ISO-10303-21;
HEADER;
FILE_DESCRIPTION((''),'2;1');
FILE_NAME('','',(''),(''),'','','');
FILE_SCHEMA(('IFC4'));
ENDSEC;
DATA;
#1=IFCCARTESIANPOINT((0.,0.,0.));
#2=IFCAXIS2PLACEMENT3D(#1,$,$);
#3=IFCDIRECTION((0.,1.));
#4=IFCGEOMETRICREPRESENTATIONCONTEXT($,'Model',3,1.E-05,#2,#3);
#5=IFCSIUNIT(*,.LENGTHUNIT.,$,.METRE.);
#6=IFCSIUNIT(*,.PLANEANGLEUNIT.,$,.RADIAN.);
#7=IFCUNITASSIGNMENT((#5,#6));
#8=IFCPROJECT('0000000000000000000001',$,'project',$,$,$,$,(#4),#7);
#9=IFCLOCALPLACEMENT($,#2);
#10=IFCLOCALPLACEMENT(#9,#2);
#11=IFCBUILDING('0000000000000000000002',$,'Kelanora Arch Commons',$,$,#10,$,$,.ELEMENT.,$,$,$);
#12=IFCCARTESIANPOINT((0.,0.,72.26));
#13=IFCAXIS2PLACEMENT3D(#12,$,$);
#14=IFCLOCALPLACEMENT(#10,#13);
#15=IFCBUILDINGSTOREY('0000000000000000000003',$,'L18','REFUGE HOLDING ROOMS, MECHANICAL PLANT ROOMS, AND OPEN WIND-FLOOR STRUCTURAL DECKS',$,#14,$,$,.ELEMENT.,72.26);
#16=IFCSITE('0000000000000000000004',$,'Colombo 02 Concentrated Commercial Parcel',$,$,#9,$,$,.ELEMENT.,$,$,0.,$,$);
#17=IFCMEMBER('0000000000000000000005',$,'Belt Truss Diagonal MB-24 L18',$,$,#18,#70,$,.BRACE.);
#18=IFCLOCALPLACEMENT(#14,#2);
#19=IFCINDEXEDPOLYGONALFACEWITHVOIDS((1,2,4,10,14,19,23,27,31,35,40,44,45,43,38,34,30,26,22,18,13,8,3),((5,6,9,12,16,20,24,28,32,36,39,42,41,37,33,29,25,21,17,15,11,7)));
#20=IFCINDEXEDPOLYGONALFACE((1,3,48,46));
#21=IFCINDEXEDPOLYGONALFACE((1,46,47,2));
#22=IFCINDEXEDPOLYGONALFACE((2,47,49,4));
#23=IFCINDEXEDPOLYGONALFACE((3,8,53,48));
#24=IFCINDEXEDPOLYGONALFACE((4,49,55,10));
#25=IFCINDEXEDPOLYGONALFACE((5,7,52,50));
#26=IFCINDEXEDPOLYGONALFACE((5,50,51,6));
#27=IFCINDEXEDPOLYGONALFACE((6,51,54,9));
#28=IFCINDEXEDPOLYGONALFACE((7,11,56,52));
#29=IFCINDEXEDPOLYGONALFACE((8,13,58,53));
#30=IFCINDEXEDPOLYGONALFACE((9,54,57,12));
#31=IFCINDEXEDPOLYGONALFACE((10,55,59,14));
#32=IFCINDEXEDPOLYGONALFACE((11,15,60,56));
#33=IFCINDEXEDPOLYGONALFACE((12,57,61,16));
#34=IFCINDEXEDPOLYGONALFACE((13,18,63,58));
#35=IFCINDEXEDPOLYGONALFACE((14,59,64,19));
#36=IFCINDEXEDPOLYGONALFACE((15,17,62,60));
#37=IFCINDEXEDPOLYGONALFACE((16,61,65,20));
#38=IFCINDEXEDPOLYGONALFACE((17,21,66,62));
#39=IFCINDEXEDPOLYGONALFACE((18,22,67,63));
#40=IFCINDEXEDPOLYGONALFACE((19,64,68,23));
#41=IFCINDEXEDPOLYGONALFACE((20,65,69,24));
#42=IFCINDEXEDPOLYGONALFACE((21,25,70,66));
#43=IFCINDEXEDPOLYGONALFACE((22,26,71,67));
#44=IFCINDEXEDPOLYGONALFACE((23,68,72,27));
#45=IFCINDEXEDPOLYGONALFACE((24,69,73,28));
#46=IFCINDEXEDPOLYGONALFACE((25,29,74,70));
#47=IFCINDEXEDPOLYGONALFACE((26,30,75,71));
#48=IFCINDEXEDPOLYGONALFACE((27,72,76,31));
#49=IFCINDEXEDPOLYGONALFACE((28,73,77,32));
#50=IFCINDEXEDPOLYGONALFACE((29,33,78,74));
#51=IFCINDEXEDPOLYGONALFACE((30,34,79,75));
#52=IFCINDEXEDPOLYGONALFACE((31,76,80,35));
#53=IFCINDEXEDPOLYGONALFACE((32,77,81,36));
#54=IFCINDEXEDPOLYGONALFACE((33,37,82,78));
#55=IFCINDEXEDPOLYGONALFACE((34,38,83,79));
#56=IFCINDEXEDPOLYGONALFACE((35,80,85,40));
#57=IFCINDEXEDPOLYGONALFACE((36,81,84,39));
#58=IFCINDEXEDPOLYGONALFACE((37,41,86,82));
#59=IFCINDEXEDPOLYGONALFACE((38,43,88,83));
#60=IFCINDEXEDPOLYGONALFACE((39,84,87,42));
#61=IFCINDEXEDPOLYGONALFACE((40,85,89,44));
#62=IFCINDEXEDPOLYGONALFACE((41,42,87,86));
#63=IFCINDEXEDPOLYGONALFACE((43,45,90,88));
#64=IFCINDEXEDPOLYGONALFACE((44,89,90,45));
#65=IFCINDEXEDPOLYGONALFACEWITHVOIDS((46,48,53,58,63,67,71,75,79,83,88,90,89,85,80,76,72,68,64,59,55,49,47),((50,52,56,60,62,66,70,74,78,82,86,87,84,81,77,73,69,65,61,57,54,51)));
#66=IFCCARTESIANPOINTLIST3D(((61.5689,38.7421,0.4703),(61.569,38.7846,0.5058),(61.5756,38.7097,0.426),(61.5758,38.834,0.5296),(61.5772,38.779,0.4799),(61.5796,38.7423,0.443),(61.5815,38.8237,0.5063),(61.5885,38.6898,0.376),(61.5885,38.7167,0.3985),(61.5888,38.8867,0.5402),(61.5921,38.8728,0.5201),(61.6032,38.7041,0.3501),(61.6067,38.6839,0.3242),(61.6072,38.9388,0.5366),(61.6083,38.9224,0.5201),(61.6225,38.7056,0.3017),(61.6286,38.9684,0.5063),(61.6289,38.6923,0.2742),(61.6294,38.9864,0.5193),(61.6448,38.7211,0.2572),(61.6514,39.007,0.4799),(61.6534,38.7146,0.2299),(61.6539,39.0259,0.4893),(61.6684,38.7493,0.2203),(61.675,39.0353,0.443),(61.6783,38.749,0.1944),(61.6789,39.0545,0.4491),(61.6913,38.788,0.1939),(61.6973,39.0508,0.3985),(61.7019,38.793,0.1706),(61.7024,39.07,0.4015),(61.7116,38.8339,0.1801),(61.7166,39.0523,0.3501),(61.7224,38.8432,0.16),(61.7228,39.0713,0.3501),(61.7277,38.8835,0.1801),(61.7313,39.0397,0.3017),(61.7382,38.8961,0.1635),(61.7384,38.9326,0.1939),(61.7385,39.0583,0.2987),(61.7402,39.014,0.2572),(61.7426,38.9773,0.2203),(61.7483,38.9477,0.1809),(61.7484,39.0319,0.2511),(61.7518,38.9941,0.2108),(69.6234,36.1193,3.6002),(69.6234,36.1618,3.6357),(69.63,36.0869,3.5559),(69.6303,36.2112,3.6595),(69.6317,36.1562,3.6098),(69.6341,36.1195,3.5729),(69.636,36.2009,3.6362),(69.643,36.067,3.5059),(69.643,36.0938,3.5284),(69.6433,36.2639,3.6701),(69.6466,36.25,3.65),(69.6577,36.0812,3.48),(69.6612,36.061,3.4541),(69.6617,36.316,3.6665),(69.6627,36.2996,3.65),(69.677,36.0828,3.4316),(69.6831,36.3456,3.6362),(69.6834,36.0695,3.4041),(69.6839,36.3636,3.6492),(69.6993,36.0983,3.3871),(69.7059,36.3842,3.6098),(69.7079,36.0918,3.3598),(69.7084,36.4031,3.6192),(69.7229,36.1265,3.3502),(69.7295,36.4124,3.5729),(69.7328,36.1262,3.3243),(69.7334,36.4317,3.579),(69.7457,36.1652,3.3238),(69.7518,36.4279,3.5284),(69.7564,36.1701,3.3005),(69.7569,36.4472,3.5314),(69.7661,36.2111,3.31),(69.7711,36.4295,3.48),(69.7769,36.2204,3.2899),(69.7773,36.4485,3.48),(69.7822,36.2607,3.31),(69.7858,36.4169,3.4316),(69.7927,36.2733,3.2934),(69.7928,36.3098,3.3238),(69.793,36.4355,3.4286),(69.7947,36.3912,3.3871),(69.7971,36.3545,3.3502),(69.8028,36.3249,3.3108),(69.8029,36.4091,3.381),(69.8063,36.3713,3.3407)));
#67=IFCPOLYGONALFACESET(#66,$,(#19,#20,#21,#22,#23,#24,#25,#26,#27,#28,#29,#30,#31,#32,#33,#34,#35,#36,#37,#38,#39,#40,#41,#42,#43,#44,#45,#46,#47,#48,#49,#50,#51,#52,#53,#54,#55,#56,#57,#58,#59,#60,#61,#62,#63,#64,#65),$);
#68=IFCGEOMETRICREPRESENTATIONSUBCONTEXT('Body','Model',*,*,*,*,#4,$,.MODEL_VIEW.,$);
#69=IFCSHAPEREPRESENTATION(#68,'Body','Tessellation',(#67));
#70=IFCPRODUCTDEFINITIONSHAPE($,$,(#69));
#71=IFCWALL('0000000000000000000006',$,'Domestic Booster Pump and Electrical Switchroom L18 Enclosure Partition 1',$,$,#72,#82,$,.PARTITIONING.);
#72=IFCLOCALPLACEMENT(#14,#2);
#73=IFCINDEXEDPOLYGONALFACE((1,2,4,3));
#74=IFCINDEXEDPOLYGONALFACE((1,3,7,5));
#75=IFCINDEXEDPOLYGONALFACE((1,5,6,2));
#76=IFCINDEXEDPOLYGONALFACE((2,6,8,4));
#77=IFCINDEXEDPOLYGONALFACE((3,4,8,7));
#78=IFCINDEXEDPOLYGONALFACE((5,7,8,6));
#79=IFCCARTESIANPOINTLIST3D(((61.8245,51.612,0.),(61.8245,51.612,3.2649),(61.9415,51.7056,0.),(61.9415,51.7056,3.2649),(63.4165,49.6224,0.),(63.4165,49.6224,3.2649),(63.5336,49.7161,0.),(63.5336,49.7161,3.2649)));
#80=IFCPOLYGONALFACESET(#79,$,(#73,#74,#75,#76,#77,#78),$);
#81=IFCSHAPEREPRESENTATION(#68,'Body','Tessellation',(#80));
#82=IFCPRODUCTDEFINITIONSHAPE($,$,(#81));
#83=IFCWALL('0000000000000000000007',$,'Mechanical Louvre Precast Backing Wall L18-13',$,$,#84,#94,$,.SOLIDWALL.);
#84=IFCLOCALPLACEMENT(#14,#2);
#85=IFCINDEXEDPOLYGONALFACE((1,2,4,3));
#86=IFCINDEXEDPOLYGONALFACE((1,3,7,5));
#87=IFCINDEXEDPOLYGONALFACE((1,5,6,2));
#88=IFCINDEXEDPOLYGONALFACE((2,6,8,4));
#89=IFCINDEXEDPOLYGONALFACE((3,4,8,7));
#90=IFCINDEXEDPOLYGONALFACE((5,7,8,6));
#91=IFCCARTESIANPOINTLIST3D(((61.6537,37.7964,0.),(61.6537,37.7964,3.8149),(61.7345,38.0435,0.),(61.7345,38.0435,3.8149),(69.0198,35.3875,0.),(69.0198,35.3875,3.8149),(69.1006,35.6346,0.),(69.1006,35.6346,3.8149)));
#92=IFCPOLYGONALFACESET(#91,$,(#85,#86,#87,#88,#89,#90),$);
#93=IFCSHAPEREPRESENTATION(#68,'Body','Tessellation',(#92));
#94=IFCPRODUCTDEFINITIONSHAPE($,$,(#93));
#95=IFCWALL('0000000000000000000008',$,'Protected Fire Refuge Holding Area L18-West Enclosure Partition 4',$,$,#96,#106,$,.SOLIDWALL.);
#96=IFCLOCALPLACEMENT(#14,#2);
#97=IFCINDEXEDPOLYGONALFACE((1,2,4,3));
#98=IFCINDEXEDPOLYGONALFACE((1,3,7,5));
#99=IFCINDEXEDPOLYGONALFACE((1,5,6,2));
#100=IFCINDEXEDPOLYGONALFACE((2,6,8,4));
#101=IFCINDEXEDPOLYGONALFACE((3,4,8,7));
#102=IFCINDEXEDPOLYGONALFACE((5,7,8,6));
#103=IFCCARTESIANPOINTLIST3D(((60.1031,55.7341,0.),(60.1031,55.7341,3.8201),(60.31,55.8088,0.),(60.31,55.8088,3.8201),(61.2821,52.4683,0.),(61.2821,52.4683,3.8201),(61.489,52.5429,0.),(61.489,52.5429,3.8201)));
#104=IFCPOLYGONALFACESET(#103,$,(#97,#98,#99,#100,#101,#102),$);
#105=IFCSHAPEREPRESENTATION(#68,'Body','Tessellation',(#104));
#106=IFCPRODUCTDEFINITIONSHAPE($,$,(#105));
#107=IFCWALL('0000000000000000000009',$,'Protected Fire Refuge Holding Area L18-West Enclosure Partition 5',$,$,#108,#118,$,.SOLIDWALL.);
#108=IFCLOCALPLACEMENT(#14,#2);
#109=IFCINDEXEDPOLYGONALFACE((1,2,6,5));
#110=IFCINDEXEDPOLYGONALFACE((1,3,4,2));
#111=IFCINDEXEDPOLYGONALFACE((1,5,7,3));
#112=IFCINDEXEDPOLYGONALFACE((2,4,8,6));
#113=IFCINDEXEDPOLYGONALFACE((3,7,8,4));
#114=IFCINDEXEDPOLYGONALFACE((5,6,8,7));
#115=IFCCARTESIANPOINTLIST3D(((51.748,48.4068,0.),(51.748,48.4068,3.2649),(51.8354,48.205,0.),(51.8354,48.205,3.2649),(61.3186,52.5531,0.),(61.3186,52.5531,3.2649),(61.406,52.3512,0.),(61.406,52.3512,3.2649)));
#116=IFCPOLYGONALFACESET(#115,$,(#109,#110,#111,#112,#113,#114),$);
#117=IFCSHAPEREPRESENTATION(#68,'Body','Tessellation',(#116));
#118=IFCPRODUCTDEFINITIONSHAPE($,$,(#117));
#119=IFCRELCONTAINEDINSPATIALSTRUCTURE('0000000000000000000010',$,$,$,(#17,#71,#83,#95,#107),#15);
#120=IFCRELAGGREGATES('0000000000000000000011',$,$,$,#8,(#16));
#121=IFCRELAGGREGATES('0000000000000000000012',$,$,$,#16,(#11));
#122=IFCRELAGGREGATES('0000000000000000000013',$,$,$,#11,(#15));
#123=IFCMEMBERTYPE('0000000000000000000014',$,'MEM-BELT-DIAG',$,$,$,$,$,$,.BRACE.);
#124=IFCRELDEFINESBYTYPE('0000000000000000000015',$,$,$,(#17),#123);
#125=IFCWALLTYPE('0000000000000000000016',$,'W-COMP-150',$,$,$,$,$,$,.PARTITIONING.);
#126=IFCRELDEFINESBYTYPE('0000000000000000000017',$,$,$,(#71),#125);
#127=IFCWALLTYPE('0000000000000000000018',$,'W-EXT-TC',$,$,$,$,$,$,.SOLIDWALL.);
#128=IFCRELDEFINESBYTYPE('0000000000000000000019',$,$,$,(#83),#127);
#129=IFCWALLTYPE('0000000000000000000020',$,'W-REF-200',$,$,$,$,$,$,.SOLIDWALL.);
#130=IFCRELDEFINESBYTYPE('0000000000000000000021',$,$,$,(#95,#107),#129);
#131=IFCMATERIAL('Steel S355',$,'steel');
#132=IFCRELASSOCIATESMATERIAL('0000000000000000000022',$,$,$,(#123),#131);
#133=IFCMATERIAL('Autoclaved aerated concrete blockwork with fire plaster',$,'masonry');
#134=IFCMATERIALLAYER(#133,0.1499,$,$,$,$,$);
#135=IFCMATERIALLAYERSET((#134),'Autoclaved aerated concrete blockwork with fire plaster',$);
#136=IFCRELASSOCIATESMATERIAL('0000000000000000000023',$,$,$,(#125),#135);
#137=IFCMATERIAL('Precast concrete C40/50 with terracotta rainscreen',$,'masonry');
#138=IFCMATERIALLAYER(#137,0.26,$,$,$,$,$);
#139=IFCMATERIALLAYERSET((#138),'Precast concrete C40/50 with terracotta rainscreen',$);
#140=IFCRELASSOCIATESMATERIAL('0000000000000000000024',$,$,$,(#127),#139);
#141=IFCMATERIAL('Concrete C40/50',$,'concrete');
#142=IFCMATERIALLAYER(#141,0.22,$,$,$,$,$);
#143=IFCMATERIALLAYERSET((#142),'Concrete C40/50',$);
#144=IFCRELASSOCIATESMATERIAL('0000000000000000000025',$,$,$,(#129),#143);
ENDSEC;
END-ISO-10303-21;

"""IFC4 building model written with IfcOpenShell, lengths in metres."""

from ifc_helpers import new_model, si_unit, direction, frame, frame_2d, origin, origin_2d, place, context, subcontext, project, spatial, rectangle, hollow_circle, extrude, material, layer, layer_set, material_profile, profile_set, type_object, element, save


model = new_model("IFC4")

# Units and contexts
model_context = context("Model", 3, precision=1e-05, world=origin(), true_north=direction((0.0, 1.0)))
body_context = subcontext(model_context, "Body", "Model", "MODEL_VIEW")
ifc_project = project(units=[si_unit("LENGTHUNIT", "METRE"), si_unit("PLANEANGLEUNIT", "RADIAN")], contexts=[model_context])

# Site, building, storey
site_placement = place(None, origin())
site = spatial("IfcSite", under=ifc_project, at=site_placement, Name="Colombo 02 Concentrated Commercial Parcel", CompositionType="ELEMENT", RefElevation=0.0)
building_placement = place(site_placement, origin())
building = spatial("IfcBuilding", under=site, at=building_placement, Name="Kelanora Arch Commons", CompositionType="ELEMENT")
storey_placement = place(building_placement, frame((0.0, 0.0, 72.26)))
storey = spatial("IfcBuildingStorey", under=building, at=storey_placement, Name="L18", Description="REFUGE HOLDING ROOMS, MECHANICAL PLANT ROOMS, AND OPEN WIND-FLOOR STRUCTURAL DECKS", CompositionType="ELEMENT", Elevation=72.26)

# Shared definitions
ifc_material_1 = material(Name="Steel S355", Category="steel")

# Member
ifc_material_profile_1 = material_profile(ifc_material_1, hollow_circle(Radius=0.2031, WallThickness=0.02, at=origin_2d()), Name="CHS406.4x20")
ifc_profile_set_1 = profile_set([ifc_material_profile_1], Name="Steel S355")
member_type = type_object("IfcMemberType", Name="MEM-BELT-DIAG", PredefinedType="BRACE", material=ifc_profile_set_1)
member_placement = place(storey_placement, frame((61.6599, 38.8782, 0.3501), z_axis=(0.891919, -0.290439, 0.346592), x_axis=(0.309631, 0.950857, 0.0)))
element("IfcMember", 1, at=member_placement, inside=storey, type_object=member_type, Name="Belt Truss Diagonal MB-24 L18", PredefinedType="BRACE", context=body_context, shape_type="SweptSolid", body=[
    extrude(hollow_circle(Radius=0.2031, WallThickness=0.02, at=origin_2d()), origin(), (0.0, 0.0, 1.0), 9.0305),
])

# Walls
ifc_material_2 = material(Name="Autoclaved aerated concrete blockwork with fire plaster", Category="masonry")
ifc_layer_1 = layer(ifc_material_2, 0.1499)
ifc_layer_set_1 = layer_set([ifc_layer_1], Name="Autoclaved aerated concrete blockwork with fire plaster")
wall_type_1 = type_object("IfcWallType", Name="W-COMP-150", PredefinedType="PARTITIONING", material=ifc_layer_set_1)
wall_1_placement = place(storey_placement, frame((61.8831, 51.6587, 0.0), z_axis=(0.0, 0.0, 1.0), x_axis=(0.6248, -0.780785, 0.0)))
element("IfcWall", 2, at=wall_1_placement, inside=storey, type_object=wall_type_1, Name="Domestic Booster Pump and Electrical Switchroom L18 Enclosure Partition 1", PredefinedType="PARTITIONING", context=body_context, shape_type="SweptSolid", body=[
    extrude(rectangle(XDim=2.5481, YDim=0.1499, at=frame_2d((1.2739, 0.0))), origin(), (0.0, 0.0, 1.0), 3.2649),
])
ifc_material_3 = material(Name="Precast concrete C40/50 with terracotta rainscreen", Category="masonry")
ifc_layer_2 = layer(ifc_material_3, 0.26)
ifc_layer_set_2 = layer_set([ifc_layer_2], Name="Precast concrete C40/50 with terracotta rainscreen")
wall_type_2 = type_object("IfcWallType", Name="W-EXT-TC", PredefinedType="SOLIDWALL", material=ifc_layer_set_2)
wall_2_placement = place(storey_placement, frame((61.6941, 37.9199, 0.0), z_axis=(0.0, 0.0, 1.0), x_axis=(0.950467, -0.310826, 0.0)))
element("IfcWall", 3, at=wall_2_placement, inside=storey, type_object=wall_type_2, Name="Mechanical Louvre Precast Backing Wall L18-13", PredefinedType="SOLIDWALL", context=body_context, shape_type="SweptSolid", body=[
    extrude(rectangle(XDim=7.75, YDim=0.26, at=frame_2d((3.875, 0.0))), origin(), (0.0, 0.0, 1.0), 3.8149),
])
ifc_material_4 = material(Name="Concrete C40/50", Category="concrete")
ifc_layer_3 = layer(ifc_material_4, 0.22)
ifc_layer_set_3 = layer_set([ifc_layer_3], Name="Concrete C40/50")
wall_type_3 = type_object("IfcWallType", Name="W-REF-200", PredefinedType="SOLIDWALL", material=ifc_layer_set_3)
wall_3_placement = place(storey_placement, frame((60.2065, 55.7715, 0.0), z_axis=(0.0, 0.0, 1.0), x_axis=(0.339546, -0.940589, 0.0)))
element("IfcWall", 4, at=wall_3_placement, inside=storey, type_object=wall_type_3, Name="Protected Fire Refuge Holding Area L18-West Enclosure Partition 4", PredefinedType="SOLIDWALL", context=body_context, shape_type="SweptSolid", body=[
    extrude(rectangle(XDim=3.4722, YDim=0.22, at=frame_2d((1.7361, 0.0))), origin(), (0.0, 0.0, 1.0), 3.8201),
])
wall_4_placement = place(storey_placement, frame((61.3623, 52.4521, 0.0), z_axis=(0.0, 0.0, 1.0), x_axis=(-0.917591, -0.397527, 0.0)))
element("IfcWall", 5, at=wall_4_placement, inside=storey, type_object=wall_type_3, Name="Protected Fire Refuge Holding Area L18-West Enclosure Partition 5", PredefinedType="SOLIDWALL", context=body_context, shape_type="SweptSolid", body=[
    extrude(rectangle(XDim=10.4302, YDim=0.22, at=frame_2d((5.2151, 0.0))), origin(), (0.0, 0.0, 1.0), 3.2649),
])

save(model, "model.ifc")
